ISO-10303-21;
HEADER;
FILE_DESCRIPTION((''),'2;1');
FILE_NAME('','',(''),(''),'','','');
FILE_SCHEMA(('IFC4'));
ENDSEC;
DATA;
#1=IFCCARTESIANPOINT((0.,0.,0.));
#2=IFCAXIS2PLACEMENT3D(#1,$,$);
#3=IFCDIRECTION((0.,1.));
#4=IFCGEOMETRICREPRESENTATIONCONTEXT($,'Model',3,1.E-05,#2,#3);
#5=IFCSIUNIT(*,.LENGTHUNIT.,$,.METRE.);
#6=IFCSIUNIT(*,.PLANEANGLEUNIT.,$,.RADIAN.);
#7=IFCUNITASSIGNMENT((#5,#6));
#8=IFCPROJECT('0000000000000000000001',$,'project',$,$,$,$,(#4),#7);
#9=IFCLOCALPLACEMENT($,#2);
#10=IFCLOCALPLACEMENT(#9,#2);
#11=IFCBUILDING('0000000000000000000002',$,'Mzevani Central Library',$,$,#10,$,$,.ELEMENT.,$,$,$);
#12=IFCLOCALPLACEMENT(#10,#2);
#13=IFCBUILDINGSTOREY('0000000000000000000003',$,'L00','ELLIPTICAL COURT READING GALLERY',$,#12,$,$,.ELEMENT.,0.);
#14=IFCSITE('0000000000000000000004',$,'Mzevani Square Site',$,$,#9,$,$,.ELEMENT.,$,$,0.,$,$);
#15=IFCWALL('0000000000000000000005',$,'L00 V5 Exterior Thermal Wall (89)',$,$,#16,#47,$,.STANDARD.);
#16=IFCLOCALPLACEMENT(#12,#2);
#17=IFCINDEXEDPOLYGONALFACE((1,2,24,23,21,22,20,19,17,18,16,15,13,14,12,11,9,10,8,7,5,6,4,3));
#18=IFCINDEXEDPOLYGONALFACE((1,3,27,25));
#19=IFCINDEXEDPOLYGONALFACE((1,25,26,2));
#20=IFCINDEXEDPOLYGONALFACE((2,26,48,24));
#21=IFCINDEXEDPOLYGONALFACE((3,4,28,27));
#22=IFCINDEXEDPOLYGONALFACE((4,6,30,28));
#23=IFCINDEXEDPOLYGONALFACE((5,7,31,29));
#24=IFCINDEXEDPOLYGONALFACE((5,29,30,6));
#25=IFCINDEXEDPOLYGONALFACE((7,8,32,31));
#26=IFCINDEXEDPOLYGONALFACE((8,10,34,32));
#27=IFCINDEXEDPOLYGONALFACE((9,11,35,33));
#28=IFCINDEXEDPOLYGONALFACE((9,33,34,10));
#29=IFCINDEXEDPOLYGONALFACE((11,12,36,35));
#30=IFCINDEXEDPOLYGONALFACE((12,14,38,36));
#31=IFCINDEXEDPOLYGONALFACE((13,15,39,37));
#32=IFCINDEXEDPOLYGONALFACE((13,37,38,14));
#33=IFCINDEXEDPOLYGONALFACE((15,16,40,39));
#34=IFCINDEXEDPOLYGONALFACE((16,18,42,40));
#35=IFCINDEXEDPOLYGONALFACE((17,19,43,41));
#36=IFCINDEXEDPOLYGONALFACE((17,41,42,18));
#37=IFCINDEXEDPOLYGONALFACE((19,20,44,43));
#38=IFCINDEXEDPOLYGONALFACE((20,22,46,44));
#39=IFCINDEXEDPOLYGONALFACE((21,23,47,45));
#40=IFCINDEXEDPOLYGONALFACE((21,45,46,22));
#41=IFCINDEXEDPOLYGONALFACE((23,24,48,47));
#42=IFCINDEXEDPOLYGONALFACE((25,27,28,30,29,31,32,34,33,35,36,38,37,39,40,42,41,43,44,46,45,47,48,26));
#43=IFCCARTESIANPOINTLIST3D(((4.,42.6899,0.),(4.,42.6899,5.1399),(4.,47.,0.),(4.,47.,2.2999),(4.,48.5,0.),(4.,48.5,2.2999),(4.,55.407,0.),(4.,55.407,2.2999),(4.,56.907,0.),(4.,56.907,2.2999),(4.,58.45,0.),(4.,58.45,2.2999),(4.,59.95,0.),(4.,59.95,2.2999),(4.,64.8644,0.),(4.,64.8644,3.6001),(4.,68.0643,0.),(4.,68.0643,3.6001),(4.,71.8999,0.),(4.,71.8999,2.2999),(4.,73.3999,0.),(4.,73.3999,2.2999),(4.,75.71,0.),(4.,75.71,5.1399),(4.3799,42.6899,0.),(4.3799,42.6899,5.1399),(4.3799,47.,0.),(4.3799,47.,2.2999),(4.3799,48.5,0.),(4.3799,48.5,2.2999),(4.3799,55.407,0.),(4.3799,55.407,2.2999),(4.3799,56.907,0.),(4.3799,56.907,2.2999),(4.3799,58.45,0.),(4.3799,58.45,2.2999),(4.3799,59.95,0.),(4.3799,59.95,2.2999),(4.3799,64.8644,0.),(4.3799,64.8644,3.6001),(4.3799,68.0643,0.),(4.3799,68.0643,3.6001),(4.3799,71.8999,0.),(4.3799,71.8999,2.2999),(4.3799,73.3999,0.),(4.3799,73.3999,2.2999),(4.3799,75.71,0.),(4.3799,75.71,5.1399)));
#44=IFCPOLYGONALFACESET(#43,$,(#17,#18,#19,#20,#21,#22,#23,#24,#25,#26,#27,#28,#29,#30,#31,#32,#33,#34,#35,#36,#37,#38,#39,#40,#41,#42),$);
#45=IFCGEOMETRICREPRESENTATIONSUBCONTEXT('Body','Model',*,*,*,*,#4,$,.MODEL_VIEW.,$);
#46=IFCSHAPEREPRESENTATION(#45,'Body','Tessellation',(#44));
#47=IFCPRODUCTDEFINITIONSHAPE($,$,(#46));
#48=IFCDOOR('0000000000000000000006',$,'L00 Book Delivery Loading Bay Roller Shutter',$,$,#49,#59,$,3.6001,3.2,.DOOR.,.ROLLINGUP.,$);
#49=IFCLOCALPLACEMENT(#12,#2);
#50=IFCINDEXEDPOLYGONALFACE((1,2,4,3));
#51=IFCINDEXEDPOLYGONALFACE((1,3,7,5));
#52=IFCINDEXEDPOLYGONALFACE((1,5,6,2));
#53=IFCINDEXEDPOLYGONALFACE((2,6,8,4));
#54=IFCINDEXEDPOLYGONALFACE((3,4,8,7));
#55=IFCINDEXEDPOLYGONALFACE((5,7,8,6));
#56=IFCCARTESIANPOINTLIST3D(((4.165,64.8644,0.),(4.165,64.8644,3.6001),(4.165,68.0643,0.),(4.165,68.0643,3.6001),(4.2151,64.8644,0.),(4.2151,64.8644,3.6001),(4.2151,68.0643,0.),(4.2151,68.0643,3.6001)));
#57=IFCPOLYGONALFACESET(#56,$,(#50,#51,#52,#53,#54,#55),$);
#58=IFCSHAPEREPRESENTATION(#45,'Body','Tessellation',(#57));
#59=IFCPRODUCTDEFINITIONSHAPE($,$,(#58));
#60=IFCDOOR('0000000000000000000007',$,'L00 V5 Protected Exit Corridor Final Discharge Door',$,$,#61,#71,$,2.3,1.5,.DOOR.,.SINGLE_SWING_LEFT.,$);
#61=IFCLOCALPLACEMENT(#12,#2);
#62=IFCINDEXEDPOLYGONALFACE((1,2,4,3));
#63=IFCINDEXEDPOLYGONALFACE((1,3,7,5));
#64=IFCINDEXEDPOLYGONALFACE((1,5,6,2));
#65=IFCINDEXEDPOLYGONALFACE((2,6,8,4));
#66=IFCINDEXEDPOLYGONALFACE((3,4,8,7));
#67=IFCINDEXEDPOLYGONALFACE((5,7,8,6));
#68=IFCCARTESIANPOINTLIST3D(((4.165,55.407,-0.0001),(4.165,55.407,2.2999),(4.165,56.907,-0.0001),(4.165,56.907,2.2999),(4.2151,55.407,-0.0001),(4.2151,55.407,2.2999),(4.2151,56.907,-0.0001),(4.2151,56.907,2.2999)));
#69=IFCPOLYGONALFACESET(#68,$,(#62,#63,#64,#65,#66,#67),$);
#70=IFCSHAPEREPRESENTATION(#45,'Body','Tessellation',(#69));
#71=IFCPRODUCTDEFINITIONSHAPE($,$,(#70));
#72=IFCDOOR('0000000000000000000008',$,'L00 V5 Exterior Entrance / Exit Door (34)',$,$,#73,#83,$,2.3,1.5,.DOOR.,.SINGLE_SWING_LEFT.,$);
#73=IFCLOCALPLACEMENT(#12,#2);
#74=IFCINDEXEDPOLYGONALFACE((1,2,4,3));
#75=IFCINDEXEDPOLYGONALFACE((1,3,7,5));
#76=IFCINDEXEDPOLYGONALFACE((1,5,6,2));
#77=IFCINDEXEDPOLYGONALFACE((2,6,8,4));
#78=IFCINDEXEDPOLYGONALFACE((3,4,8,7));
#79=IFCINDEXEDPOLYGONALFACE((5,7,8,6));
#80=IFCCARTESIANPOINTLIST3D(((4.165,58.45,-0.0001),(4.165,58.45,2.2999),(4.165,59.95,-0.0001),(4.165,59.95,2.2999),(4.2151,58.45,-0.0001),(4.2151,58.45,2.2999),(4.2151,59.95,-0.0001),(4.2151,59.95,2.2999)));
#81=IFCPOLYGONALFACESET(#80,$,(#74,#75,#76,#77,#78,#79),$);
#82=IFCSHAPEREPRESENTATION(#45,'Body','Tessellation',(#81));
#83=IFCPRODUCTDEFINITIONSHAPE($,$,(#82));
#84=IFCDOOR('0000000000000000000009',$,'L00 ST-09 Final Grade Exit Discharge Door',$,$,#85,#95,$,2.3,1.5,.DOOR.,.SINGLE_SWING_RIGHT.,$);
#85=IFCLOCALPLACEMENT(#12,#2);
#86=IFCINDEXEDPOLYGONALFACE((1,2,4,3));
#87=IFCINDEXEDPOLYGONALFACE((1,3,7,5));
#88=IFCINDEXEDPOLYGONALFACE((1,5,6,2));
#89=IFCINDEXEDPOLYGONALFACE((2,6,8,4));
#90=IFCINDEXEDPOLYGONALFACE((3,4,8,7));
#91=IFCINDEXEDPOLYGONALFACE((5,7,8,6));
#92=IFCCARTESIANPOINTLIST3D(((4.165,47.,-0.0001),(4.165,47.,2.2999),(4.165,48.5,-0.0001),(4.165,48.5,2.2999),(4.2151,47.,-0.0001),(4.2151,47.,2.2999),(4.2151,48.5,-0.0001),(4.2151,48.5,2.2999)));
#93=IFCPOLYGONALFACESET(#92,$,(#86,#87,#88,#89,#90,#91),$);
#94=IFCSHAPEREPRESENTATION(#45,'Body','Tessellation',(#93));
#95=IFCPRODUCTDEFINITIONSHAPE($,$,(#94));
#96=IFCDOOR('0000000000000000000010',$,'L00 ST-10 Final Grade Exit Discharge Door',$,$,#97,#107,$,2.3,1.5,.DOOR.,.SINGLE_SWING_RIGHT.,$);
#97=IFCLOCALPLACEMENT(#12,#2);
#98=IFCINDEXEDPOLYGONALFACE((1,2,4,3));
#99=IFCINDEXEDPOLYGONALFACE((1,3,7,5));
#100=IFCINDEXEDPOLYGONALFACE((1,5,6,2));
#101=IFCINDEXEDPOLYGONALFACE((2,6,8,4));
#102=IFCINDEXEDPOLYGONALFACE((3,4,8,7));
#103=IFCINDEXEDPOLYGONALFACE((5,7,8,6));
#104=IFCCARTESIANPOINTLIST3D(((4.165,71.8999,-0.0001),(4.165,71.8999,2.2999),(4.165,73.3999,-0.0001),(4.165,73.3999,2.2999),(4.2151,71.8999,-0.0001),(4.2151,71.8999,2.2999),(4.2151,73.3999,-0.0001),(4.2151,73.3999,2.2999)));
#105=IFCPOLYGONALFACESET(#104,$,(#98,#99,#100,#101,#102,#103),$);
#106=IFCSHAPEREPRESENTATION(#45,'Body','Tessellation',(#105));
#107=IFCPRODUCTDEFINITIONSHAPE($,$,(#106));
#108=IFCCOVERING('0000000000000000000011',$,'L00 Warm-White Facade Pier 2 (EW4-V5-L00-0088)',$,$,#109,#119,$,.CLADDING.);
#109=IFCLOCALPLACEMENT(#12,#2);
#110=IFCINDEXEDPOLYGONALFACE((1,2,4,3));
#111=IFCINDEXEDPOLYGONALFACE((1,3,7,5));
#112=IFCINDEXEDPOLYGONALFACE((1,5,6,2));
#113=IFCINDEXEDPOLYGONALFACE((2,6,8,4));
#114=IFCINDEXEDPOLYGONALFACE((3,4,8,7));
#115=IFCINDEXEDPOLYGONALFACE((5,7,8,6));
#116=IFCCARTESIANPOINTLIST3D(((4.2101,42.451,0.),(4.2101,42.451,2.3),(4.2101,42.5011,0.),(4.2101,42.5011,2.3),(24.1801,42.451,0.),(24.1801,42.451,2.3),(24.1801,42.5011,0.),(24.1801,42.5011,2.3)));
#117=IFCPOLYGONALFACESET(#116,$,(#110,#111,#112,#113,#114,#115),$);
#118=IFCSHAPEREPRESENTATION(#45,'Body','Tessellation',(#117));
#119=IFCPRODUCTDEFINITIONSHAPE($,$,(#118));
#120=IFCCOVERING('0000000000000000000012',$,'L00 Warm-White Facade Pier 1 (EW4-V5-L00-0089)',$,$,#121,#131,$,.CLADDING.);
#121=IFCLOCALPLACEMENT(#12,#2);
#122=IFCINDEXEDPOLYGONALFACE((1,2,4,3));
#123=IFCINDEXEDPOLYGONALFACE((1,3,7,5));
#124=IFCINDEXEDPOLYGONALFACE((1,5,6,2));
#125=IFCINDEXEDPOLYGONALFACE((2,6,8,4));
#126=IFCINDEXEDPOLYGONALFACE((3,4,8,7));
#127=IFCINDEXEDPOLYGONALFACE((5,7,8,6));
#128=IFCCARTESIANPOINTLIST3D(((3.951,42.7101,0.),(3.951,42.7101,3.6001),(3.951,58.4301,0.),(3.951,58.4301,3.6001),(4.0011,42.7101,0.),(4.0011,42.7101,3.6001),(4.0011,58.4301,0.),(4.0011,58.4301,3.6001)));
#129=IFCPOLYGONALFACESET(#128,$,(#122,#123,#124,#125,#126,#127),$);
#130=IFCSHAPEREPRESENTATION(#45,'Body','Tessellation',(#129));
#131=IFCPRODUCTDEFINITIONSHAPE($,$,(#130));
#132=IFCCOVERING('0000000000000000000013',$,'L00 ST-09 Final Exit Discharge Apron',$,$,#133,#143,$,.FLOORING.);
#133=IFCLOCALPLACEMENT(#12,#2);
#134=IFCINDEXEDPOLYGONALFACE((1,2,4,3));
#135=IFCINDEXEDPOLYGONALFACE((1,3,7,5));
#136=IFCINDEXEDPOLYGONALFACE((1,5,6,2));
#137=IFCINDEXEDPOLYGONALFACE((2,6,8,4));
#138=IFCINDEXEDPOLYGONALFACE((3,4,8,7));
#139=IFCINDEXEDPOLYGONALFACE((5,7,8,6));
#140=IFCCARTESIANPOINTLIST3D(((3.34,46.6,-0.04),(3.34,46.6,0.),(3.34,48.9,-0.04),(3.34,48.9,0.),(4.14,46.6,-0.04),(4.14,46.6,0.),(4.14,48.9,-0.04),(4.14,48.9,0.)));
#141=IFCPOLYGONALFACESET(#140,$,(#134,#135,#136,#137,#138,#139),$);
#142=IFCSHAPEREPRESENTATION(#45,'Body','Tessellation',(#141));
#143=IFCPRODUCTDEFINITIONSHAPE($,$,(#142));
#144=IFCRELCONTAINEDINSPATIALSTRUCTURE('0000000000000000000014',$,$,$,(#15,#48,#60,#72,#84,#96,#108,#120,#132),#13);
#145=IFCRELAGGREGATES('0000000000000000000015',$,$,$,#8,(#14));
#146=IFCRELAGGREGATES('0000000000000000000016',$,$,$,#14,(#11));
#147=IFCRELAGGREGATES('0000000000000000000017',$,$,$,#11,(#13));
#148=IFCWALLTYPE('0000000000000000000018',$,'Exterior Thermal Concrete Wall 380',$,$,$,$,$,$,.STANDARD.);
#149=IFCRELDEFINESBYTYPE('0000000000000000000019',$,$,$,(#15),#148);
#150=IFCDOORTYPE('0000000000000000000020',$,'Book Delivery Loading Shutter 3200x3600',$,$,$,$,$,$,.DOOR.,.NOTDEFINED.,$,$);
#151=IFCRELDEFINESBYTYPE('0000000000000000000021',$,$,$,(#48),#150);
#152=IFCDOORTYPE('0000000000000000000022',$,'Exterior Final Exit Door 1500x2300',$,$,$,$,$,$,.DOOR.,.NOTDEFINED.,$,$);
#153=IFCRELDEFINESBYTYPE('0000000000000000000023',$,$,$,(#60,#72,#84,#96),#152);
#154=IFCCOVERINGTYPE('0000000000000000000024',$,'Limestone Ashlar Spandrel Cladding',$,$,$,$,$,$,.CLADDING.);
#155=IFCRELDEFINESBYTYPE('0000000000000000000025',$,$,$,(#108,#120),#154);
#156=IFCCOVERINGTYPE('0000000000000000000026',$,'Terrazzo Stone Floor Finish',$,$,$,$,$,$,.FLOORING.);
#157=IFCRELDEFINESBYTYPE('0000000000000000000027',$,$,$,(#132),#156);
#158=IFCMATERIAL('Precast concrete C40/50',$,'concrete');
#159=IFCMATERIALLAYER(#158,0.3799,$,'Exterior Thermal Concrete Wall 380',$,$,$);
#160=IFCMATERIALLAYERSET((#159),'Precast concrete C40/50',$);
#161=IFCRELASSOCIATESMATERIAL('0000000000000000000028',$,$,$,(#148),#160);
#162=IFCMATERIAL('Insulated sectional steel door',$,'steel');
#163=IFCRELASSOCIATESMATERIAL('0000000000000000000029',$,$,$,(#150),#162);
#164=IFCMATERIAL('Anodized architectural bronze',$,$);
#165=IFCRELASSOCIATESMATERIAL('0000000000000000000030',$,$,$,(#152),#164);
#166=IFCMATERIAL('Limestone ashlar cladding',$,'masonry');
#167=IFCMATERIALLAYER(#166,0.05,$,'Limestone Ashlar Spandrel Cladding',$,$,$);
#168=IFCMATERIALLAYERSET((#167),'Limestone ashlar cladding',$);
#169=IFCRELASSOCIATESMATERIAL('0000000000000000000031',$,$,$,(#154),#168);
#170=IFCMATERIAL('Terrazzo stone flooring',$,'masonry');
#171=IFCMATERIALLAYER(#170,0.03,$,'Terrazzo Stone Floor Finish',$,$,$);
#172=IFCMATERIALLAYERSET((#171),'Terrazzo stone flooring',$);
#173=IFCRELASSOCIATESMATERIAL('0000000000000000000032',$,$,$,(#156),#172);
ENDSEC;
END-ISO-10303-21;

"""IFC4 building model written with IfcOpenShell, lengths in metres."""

from ifc_helpers import new_model, si_unit, direction, frame, frame_2d, origin, origin_2d, place, context, subcontext, project, spatial, rectangle, extrude, material, layer, layer_set, type_object, element, fill, save


model = new_model("IFC4")

# Units and contexts
model_context = context("Model", 3, precision=1e-05, world=origin(), true_north=direction((0.0, 1.0)))
body_context = subcontext(model_context, "Body", "Model", "MODEL_VIEW")
ifc_project = project(units=[si_unit("LENGTHUNIT", "METRE"), si_unit("PLANEANGLEUNIT", "RADIAN")], contexts=[model_context])

# Site, building, storey
site_placement = place(None, origin())
site = spatial("IfcSite", under=ifc_project, at=site_placement, Name="Mzevani Square Site", CompositionType="ELEMENT", RefElevation=0.0)
building_placement = place(site_placement, origin())
building = spatial("IfcBuilding", under=site, at=building_placement, Name="Mzevani Central Library", CompositionType="ELEMENT")
storey_placement = place(building_placement, origin())
storey = spatial("IfcBuildingStorey", under=building, at=storey_placement, Name="L00", Description="ELLIPTICAL COURT READING GALLERY", CompositionType="ELEMENT", Elevation=0.0)

# Wall, openings, doors
ifc_material_1 = material(Name="Precast concrete C40/50", Category="concrete")
ifc_layer_1 = layer(ifc_material_1, 0.3799, Name="Exterior Thermal Concrete Wall 380")
ifc_layer_set_1 = layer_set([ifc_layer_1], Name="Precast concrete C40/50")
wall_type_1 = type_object("IfcWallType", Name="Exterior Thermal Concrete Wall 380", PredefinedType="STANDARD", material=ifc_layer_set_1)
wall_1_placement = place(storey_placement, frame((4.1899, 42.6899, 0.0), z_axis=(0.0, 0.0, 1.0), x_axis=(0.0, 1.0, 0.0)))
wall_1 = element("IfcWall", 1, at=wall_1_placement, inside=storey, type_object=wall_type_1, Name="L00 V5 Exterior Thermal Wall (89)", PredefinedType="STANDARD", context=body_context, shape_type="SweptSolid", body=[
    extrude(rectangle(XDim=33.02, YDim=0.3799, at=frame_2d((16.51, 0.0))), origin(), (0.0, 0.0, 1.0), 5.1399),
])
opening_1_placement = place(wall_1_placement, frame((12.717, 0.0, 0.0)))
opening_1 = element("IfcOpeningElement", 2, at=opening_1_placement, cuts=wall_1, PredefinedType="OPENING", context=body_context, shape_type="SweptSolid", body=[
    extrude(rectangle(XDim=1.5, YDim=2.3, at=frame_2d((0.75, 1.1499))), frame((0.0, 0.2, 0.0), z_axis=(0.0, -1.0, 0.0), x_axis=(1.0, 0.0, 0.0)), (0.0, 0.0, 1.0), 0.3999),
])
opening_2_placement = place(wall_1_placement, frame((22.1743, 0.0, 0.0)))
opening_2 = element("IfcOpeningElement", 3, at=opening_2_placement, cuts=wall_1, PredefinedType="OPENING", context=body_context, shape_type="SweptSolid", body=[
    extrude(rectangle(XDim=3.2, YDim=3.6001, at=frame_2d((1.6001, 1.8))), frame((0.0, 0.2, 0.0), z_axis=(0.0, -1.0, 0.0), x_axis=(1.0, 0.0, 0.0)), (0.0, 0.0, 1.0), 0.3999),
])
opening_3_placement = place(wall_1_placement, frame((15.76, 0.0, 0.0)))
opening_3 = element("IfcOpeningElement", 4, at=opening_3_placement, cuts=wall_1, PredefinedType="OPENING", context=body_context, shape_type="SweptSolid", body=[
    extrude(rectangle(XDim=1.5, YDim=2.3, at=frame_2d((0.75, 1.1499))), frame((0.0, 0.2, 0.0), z_axis=(0.0, -1.0, 0.0), x_axis=(1.0, 0.0, 0.0)), (0.0, 0.0, 1.0), 0.3999),
])
opening_4_placement = place(wall_1_placement, frame((4.3101, 0.0, 0.0)))
opening_4 = element("IfcOpeningElement", 5, at=opening_4_placement, cuts=wall_1, PredefinedType="OPENING", context=body_context, shape_type="SweptSolid", body=[
    extrude(rectangle(XDim=1.5, YDim=2.3, at=frame_2d((0.75, 1.1499))), frame((0.0, 0.2, 0.0), z_axis=(0.0, -1.0, 0.0), x_axis=(1.0, 0.0, 0.0)), (0.0, 0.0, 1.0), 0.3999),
])
opening_5_placement = place(wall_1_placement, frame((29.21, 0.0, 0.0)))
opening_5 = element("IfcOpeningElement", 6, at=opening_5_placement, cuts=wall_1, PredefinedType="OPENING", context=body_context, shape_type="SweptSolid", body=[
    extrude(rectangle(XDim=1.5, YDim=2.3, at=frame_2d((0.75, 1.1499))), frame((0.0, 0.2, 0.0), z_axis=(0.0, -1.0, 0.0), x_axis=(1.0, 0.0, 0.0)), (0.0, 0.0, 1.0), 0.3999),
])
ifc_material_2 = material(Name="Insulated sectional steel door", Category="steel")
door_type_1 = type_object("IfcDoorType", Name="Book Delivery Loading Shutter 3200x3600", OperationType="NOTDEFINED", PredefinedType="DOOR", material=ifc_material_2)
door_1_placement = place(opening_2_placement, origin())
door_1 = element("IfcDoor", 7, at=door_1_placement, inside=storey, type_object=door_type_1, Name="L00 Book Delivery Loading Bay Roller Shutter", OperationType="ROLLINGUP", OverallHeight=3.6001, OverallWidth=3.2, PredefinedType="DOOR", context=body_context, shape_type="SweptSolid", body=[
    extrude(rectangle(XDim=3.2, YDim=3.6001, at=frame_2d((1.6001, 1.8))), frame((0.0, 0.0249, 0.0), z_axis=(0.0, -1.0, 0.0), x_axis=(1.0, 0.0, 0.0)), (0.0, 0.0, 1.0), 0.05),
])
fill(opening_2, door_1)
ifc_material_3 = material(Name="Anodized architectural bronze")
door_type_2 = type_object("IfcDoorType", Name="Exterior Final Exit Door 1500x2300", OperationType="NOTDEFINED", PredefinedType="DOOR", material=ifc_material_3)
door_2_placement = place(opening_1_placement, origin())
door_2 = element("IfcDoor", 8, at=door_2_placement, inside=storey, type_object=door_type_2, Name="L00 V5 Protected Exit Corridor Final Discharge Door", OperationType="SINGLE_SWING_LEFT", OverallHeight=2.3, OverallWidth=1.5, PredefinedType="DOOR", context=body_context, shape_type="SweptSolid", body=[
    extrude(rectangle(XDim=1.5, YDim=2.3, at=frame_2d((0.75, 1.1499))), frame((0.0, 0.0249, 0.0), z_axis=(0.0, -1.0, 0.0), x_axis=(1.0, 0.0, 0.0)), (0.0, 0.0, 1.0), 0.05),
])
fill(opening_1, door_2)
door_3_placement = place(opening_3_placement, origin())
door_3 = element("IfcDoor", 9, at=door_3_placement, inside=storey, type_object=door_type_2, Name="L00 V5 Exterior Entrance / Exit Door (34)", OperationType="SINGLE_SWING_LEFT", OverallHeight=2.3, OverallWidth=1.5, PredefinedType="DOOR", context=body_context, shape_type="SweptSolid", body=[
    extrude(rectangle(XDim=1.5, YDim=2.3, at=frame_2d((0.75, 1.1499))), frame((0.0, 0.0249, 0.0), z_axis=(0.0, -1.0, 0.0), x_axis=(1.0, 0.0, 0.0)), (0.0, 0.0, 1.0), 0.05),
])
fill(opening_3, door_3)
door_4_placement = place(opening_4_placement, origin())
door_4 = element("IfcDoor", 10, at=door_4_placement, inside=storey, type_object=door_type_2, Name="L00 ST-09 Final Grade Exit Discharge Door", OperationType="SINGLE_SWING_RIGHT", OverallHeight=2.3, OverallWidth=1.5, PredefinedType="DOOR", context=body_context, shape_type="SweptSolid", body=[
    extrude(rectangle(XDim=1.5, YDim=2.3, at=frame_2d((0.75, 1.1499))), frame((0.0, 0.0249, 0.0), z_axis=(0.0, -1.0, 0.0), x_axis=(1.0, 0.0, 0.0)), (0.0, 0.0, 1.0), 0.05),
])
fill(opening_4, door_4)
door_5_placement = place(opening_5_placement, origin())
door_5 = element("IfcDoor", 11, at=door_5_placement, inside=storey, type_object=door_type_2, Name="L00 ST-10 Final Grade Exit Discharge Door", OperationType="SINGLE_SWING_RIGHT", OverallHeight=2.3, OverallWidth=1.5, PredefinedType="DOOR", context=body_context, shape_type="SweptSolid", body=[
    extrude(rectangle(XDim=1.5, YDim=2.3, at=frame_2d((0.75, 1.1499))), frame((0.0, 0.0249, 0.0), z_axis=(0.0, -1.0, 0.0), x_axis=(1.0, 0.0, 0.0)), (0.0, 0.0, 1.0), 0.05),
])
fill(opening_5, door_5)

# Coverings
ifc_material_4 = material(Name="Limestone ashlar cladding", Category="masonry")
ifc_layer_2 = layer(ifc_material_4, 0.05, Name="Limestone Ashlar Spandrel Cladding")
ifc_layer_set_2 = layer_set([ifc_layer_2], Name="Limestone ashlar cladding")
covering_type_1 = type_object("IfcCoveringType", Name="Limestone Ashlar Spandrel Cladding", PredefinedType="CLADDING", material=ifc_layer_set_2)
covering_1_placement = place(storey_placement, frame((14.1951, 42.4761, 0.0), z_axis=(0.0, 0.0, 1.0), x_axis=(-1.0, 0.0, 0.0)))
element("IfcCovering", 12, at=covering_1_placement, inside=storey, type_object=covering_type_1, Name="L00 Warm-White Facade Pier 2 (EW4-V5-L00-0088)", PredefinedType="CLADDING", context=body_context, shape_type="SweptSolid", body=[
    extrude(rectangle(XDim=19.97, YDim=0.05, at=origin_2d()), origin(), (0.0, 0.0, 1.0), 2.3),
])
covering_2_placement = place(storey_placement, frame((3.9761, 50.5701, 0.0), z_axis=(0.0, 0.0, 1.0), x_axis=(0.0, 1.0, 0.0)))
element("IfcCovering", 13, at=covering_2_placement, inside=storey, type_object=covering_type_1, Name="L00 Warm-White Facade Pier 1 (EW4-V5-L00-0089)", PredefinedType="CLADDING", context=body_context, shape_type="SweptSolid", body=[
    extrude(rectangle(XDim=15.72, YDim=0.05, at=origin_2d()), origin(), (0.0, 0.0, 1.0), 3.6001),
])
ifc_material_5 = material(Name="Terrazzo stone flooring", Category="masonry")
ifc_layer_3 = layer(ifc_material_5, 0.03, Name="Terrazzo Stone Floor Finish")
ifc_layer_set_3 = layer_set([ifc_layer_3], Name="Terrazzo stone flooring")
covering_type_2 = type_object("IfcCoveringType", Name="Terrazzo Stone Floor Finish", PredefinedType="FLOORING", material=ifc_layer_set_3)
covering_3_placement = place(storey_placement, frame((3.74, 47.75, -0.04), z_axis=(0.0, 0.0, 1.0), x_axis=(0.0, 1.0, 0.0)))
element("IfcCovering", 14, at=covering_3_placement, inside=storey, type_object=covering_type_2, Name="L00 ST-09 Final Exit Discharge Apron", PredefinedType="FLOORING", context=body_context, shape_type="SweptSolid", body=[
    extrude(rectangle(XDim=2.3, YDim=0.8, at=origin_2d()), origin(), (0.0, 0.0, 1.0), 0.04),
])

save(model, "model.ifc")
